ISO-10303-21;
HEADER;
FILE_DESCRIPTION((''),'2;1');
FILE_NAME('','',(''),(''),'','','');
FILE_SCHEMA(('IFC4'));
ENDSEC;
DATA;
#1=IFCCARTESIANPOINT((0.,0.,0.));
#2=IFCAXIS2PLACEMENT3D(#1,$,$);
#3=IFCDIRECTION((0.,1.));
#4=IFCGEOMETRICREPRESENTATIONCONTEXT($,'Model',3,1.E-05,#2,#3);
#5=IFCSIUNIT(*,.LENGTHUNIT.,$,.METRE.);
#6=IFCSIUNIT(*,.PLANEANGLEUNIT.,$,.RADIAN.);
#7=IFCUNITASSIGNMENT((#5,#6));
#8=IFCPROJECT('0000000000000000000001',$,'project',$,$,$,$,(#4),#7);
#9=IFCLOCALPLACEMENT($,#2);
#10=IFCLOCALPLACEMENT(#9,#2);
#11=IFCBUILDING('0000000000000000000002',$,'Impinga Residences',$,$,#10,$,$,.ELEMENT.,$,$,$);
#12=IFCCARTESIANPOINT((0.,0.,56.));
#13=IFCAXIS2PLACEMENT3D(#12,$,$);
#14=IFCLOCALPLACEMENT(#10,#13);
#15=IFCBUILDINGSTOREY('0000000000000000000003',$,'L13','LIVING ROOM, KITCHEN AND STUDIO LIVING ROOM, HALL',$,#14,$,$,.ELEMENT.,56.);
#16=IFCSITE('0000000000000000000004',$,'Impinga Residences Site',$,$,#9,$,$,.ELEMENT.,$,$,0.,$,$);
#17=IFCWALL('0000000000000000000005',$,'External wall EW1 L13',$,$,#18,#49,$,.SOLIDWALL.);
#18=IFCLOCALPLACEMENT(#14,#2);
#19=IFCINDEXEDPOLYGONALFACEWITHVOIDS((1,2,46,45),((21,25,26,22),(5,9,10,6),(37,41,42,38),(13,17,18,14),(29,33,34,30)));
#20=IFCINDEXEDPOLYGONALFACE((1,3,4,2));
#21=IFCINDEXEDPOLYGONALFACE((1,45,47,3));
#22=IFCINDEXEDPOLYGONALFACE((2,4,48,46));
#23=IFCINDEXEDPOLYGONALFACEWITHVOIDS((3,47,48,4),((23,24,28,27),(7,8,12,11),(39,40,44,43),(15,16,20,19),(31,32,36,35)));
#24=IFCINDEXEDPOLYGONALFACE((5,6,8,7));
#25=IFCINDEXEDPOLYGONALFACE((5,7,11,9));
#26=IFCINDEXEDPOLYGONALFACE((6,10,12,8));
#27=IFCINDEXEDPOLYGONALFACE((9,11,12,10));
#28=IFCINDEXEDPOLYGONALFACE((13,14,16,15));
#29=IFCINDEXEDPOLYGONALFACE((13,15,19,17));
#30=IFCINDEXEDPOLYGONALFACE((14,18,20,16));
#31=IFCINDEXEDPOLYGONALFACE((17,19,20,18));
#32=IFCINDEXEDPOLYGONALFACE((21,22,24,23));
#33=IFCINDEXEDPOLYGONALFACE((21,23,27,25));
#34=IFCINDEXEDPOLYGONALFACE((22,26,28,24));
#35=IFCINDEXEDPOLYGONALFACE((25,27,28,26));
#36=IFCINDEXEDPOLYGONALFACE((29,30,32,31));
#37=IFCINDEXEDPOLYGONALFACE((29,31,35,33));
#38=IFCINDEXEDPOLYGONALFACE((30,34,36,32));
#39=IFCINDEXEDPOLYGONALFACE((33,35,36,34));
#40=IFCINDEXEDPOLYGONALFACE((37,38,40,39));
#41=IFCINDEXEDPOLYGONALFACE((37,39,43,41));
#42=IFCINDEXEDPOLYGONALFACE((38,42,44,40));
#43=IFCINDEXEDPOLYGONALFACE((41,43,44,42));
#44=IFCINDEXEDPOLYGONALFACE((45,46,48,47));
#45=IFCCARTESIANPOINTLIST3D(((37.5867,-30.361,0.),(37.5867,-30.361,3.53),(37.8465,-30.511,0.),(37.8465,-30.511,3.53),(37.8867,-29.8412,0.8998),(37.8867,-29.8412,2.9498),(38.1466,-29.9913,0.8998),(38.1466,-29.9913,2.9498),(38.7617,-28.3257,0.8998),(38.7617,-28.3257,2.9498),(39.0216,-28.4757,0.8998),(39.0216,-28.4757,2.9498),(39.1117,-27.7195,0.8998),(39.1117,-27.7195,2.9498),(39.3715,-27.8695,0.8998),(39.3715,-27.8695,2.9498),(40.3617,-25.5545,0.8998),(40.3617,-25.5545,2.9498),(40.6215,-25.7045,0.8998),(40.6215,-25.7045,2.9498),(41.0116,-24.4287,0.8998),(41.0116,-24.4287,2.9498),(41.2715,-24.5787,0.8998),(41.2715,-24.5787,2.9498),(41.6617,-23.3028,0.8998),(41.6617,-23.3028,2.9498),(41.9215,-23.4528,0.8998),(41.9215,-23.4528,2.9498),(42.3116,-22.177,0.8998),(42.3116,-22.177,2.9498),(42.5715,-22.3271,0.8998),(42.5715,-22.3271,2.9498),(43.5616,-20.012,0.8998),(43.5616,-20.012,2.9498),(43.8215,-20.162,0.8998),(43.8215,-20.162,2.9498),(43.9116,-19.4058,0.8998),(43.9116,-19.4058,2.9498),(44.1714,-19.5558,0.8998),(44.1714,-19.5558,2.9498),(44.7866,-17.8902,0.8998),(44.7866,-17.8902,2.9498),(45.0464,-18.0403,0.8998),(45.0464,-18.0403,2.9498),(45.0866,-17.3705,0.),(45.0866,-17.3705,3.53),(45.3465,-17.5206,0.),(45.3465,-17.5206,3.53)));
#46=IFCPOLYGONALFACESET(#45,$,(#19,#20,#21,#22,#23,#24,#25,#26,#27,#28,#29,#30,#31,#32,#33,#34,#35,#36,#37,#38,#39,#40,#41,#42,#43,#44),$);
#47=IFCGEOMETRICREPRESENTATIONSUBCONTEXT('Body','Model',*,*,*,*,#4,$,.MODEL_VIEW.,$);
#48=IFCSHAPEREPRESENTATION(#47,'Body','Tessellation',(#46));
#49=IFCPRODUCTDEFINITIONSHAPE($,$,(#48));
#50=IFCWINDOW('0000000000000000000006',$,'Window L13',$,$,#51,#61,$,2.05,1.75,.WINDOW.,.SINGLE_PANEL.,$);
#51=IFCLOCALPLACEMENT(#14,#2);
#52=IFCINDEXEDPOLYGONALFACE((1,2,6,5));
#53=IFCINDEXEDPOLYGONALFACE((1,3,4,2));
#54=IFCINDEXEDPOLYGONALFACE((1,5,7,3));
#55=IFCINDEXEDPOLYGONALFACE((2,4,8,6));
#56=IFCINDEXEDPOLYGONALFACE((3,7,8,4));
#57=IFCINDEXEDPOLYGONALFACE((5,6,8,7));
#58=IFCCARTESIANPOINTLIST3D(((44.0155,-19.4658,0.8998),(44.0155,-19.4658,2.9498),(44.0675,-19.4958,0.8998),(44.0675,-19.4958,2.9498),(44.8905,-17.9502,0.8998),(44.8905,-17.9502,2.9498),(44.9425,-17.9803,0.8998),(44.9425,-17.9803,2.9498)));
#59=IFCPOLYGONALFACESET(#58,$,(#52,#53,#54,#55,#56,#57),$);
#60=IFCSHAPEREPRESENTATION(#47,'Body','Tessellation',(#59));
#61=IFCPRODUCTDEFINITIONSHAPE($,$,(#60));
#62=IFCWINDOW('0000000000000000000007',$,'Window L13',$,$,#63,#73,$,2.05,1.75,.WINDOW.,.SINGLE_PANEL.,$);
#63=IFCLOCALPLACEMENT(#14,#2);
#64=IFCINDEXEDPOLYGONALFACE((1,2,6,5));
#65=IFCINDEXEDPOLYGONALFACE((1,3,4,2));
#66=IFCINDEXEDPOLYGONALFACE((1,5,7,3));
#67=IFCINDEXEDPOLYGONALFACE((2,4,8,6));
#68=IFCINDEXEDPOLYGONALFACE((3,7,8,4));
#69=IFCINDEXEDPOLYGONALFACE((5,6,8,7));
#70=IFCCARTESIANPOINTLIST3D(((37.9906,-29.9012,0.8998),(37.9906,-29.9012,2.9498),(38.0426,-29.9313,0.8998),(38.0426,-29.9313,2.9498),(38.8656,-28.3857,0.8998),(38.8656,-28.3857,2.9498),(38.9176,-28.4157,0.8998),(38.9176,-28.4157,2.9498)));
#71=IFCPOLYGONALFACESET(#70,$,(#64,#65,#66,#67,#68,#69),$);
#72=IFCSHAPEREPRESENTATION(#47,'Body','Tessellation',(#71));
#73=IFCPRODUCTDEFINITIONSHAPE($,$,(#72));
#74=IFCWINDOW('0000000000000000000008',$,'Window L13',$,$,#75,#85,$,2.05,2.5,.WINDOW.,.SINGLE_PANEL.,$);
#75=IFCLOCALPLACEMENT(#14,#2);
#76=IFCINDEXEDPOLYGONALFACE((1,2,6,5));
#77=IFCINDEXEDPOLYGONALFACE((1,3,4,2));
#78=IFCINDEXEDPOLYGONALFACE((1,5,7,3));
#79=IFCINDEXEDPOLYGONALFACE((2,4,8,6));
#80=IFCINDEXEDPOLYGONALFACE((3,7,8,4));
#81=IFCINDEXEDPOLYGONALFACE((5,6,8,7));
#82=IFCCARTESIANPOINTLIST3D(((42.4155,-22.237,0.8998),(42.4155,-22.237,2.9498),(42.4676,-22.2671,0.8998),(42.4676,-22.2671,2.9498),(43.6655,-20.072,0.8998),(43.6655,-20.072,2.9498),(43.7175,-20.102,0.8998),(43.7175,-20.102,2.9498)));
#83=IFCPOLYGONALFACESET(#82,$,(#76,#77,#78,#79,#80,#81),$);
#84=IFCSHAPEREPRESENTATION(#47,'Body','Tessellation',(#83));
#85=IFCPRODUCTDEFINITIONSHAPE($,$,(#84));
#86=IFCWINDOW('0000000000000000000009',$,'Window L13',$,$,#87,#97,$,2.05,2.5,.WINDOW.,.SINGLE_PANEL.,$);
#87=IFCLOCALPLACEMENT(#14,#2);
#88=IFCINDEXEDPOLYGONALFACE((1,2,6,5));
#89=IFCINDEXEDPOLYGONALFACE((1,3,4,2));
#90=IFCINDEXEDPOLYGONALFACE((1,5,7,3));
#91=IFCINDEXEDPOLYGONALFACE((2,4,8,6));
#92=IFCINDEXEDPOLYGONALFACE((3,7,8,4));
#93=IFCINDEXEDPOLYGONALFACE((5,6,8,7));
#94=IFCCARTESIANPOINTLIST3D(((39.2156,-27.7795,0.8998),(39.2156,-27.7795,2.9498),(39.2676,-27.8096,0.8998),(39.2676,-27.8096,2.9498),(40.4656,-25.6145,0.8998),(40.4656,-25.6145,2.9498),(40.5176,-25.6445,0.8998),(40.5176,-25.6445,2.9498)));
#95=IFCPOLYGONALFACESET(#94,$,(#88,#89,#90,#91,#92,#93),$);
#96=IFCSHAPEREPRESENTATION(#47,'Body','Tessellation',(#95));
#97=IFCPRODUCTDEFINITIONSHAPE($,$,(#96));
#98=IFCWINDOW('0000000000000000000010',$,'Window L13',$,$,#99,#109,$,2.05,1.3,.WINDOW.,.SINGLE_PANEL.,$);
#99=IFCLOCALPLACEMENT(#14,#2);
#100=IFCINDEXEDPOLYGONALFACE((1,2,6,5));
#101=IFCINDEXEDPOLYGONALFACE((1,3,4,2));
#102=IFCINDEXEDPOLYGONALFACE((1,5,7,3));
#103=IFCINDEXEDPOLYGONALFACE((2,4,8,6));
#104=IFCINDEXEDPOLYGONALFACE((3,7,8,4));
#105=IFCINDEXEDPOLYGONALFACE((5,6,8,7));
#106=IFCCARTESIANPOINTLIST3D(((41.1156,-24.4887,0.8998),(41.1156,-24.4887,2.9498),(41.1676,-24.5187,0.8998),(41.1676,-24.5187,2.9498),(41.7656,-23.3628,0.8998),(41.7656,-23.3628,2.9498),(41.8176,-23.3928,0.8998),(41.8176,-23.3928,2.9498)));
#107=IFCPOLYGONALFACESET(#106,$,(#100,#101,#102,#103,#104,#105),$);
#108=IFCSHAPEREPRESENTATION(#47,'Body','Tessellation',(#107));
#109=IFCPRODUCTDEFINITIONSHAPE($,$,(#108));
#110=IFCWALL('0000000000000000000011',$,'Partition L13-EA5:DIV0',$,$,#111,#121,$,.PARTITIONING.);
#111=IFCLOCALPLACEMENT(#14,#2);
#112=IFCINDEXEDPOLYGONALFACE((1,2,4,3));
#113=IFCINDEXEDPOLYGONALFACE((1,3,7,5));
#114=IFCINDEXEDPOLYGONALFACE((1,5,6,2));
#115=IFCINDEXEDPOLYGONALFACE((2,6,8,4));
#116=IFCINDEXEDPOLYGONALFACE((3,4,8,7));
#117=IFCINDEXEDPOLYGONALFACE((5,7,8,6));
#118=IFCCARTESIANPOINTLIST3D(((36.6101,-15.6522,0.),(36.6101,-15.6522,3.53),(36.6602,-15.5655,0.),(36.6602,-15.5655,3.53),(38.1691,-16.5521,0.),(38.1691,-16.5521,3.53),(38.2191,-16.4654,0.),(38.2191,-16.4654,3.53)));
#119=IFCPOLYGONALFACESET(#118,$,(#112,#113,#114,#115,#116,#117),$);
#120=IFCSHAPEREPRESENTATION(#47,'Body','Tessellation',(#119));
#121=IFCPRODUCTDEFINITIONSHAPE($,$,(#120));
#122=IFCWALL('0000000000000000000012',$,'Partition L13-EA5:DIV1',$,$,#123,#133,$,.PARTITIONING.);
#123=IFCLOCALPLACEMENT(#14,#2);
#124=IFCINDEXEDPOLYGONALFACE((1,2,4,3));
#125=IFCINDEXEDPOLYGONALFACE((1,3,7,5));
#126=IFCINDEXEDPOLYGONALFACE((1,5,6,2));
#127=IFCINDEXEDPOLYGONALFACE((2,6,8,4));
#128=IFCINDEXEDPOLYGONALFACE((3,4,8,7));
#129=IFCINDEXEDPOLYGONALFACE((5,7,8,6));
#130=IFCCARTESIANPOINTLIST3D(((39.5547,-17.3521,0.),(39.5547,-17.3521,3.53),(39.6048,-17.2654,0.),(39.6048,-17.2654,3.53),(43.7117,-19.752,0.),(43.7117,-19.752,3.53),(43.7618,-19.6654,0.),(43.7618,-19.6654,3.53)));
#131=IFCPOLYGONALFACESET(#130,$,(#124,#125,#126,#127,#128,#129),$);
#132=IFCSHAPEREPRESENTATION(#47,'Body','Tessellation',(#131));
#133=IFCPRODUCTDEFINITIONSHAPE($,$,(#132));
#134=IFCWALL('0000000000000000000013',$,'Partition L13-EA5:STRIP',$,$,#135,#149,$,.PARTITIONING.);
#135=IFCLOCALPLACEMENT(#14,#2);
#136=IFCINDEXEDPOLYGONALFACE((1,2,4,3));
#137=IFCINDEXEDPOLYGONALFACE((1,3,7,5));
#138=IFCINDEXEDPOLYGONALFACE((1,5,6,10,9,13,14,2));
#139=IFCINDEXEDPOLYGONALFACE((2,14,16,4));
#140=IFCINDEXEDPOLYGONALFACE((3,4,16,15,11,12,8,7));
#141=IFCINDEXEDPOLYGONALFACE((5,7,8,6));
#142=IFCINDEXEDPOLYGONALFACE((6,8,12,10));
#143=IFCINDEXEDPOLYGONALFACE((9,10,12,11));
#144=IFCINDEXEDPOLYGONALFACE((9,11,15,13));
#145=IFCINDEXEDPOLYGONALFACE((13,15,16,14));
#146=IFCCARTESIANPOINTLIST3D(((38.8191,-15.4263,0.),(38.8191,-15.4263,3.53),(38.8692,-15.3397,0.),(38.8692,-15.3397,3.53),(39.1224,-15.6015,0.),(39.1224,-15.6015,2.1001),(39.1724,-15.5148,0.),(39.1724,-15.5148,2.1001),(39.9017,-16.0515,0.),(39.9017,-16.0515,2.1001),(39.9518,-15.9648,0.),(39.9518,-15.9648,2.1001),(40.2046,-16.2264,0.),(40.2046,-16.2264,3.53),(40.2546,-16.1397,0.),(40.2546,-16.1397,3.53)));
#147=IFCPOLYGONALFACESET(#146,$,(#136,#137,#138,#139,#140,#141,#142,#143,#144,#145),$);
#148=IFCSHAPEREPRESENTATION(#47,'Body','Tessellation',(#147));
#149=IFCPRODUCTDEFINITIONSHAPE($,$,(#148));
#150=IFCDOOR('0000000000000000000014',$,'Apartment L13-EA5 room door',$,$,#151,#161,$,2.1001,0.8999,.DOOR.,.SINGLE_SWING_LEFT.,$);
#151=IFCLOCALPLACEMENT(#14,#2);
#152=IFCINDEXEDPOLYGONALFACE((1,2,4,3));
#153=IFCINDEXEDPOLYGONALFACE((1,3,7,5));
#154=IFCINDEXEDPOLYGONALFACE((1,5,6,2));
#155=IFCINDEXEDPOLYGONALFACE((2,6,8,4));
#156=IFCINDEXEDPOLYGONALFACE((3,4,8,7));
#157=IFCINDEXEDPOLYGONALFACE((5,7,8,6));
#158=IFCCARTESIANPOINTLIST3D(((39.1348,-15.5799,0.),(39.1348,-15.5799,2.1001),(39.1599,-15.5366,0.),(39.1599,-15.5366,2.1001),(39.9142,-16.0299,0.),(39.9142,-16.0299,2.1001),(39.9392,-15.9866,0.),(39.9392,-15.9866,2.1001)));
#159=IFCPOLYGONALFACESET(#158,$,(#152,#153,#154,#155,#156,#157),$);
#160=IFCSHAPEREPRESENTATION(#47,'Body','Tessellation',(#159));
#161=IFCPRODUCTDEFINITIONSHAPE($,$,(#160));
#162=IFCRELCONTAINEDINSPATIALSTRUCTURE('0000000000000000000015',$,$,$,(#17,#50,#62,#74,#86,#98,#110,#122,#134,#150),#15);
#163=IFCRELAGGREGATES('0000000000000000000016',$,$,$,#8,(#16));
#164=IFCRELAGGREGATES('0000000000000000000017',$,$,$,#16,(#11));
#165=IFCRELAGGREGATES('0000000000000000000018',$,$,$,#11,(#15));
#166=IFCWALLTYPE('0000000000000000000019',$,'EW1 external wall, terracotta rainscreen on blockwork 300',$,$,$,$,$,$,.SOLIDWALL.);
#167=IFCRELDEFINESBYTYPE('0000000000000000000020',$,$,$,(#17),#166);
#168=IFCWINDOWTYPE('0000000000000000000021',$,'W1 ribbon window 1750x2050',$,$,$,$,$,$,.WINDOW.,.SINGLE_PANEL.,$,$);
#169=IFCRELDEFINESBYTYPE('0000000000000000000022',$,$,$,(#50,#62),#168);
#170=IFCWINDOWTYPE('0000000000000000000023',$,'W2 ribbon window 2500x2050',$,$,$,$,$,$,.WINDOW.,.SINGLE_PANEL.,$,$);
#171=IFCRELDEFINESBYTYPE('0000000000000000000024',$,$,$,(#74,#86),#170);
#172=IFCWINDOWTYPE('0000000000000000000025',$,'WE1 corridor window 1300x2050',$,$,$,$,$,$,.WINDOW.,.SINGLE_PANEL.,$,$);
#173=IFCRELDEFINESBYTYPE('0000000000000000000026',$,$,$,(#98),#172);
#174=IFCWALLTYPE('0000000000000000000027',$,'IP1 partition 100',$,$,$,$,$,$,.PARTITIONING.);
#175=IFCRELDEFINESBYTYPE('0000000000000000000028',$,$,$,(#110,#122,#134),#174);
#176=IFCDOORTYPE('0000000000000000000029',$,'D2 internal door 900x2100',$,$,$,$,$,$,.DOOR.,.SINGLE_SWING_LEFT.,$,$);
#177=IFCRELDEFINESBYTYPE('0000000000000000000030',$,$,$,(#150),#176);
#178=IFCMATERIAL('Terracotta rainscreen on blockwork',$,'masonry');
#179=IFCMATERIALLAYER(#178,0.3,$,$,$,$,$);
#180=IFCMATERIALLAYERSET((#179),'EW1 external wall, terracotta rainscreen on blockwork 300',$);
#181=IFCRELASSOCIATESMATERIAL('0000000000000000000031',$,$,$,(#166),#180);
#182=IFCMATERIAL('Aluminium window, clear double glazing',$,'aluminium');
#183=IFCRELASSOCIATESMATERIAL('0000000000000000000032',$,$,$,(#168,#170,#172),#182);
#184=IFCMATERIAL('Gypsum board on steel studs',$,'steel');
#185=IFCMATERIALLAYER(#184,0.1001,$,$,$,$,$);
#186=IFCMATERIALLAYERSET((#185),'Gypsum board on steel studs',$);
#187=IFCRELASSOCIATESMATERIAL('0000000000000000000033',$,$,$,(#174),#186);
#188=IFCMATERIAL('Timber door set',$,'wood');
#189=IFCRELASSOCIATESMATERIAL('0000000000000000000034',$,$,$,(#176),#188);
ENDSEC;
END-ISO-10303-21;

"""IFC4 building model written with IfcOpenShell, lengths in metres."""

from ifc_helpers import new_model, si_unit, direction, frame, frame_2d, origin, place, context, subcontext, project, spatial, rectangle, extrude, material, layer, layer_set, type_object, element, fill, save


model = new_model("IFC4")

# Units and contexts
model_context = context("Model", 3, precision=1e-05, world=origin(), true_north=direction((0.0, 1.0)))
body_context = subcontext(model_context, "Body", "Model", "MODEL_VIEW")
ifc_project = project(units=[si_unit("LENGTHUNIT", "METRE"), si_unit("PLANEANGLEUNIT", "RADIAN")], contexts=[model_context])

# Site, building, storey
site_placement = place(None, origin())
site = spatial("IfcSite", under=ifc_project, at=site_placement, Name="Impinga Residences Site", CompositionType="ELEMENT", RefElevation=0.0)
building_placement = place(site_placement, origin())
building = spatial("IfcBuilding", under=site, at=building_placement, Name="Impinga Residences", CompositionType="ELEMENT")
storey_placement = place(building_placement, frame((0.0, 0.0, 56.0)))
storey = spatial("IfcBuildingStorey", under=building, at=storey_placement, Name="L13", Description="LIVING ROOM, KITCHEN AND STUDIO LIVING ROOM, HALL", CompositionType="ELEMENT", Elevation=56.0)

# Shared definitions
ifc_material_1 = material(Name="Terracotta rainscreen on blockwork", Category="masonry")
ifc_layer_1 = layer(ifc_material_1, 0.3)
ifc_layer_set_1 = layer_set([ifc_layer_1], Name="EW1 external wall, terracotta rainscreen on blockwork 300")
wall_type_1 = type_object("IfcWallType", Name="EW1 external wall, terracotta rainscreen on blockwork 300", PredefinedType="SOLIDWALL", material=ifc_layer_set_1)

# Wall, openings, windows
wall_1_placement = place(storey_placement, frame((45.2166, -17.4456, 0.0), z_axis=(0.0, 0.0, 1.0), x_axis=(-0.499997, -0.866027, 0.0)))
wall_1 = element("IfcWall", 1, at=wall_1_placement, inside=storey, type_object=wall_type_1, Name="External wall EW1 L13", PredefinedType="SOLIDWALL", context=body_context, shape_type="SweptSolid", body=[
    extrude(rectangle(XDim=15.0, YDim=0.3, at=frame_2d((7.5, 0.0))), origin(), (0.0, 0.0, 1.0), 3.53),
])
opening_1_placement = place(wall_1_placement, frame((0.6001, 0.0, 0.8999)))
opening_1 = element("IfcOpeningElement", 2, at=opening_1_placement, cuts=wall_1, PredefinedType="OPENING", context=body_context, shape_type="SweptSolid", body=[
    extrude(rectangle(XDim=1.75, YDim=2.05, at=frame_2d((0.875, 1.0249))), frame((0.0, 0.1599, 0.0), z_axis=(0.0, -1.0, 0.0), x_axis=(1.0, 0.0, 0.0)), (0.0, 0.0, 1.0), 0.3201),
])
opening_2_placement = place(wall_1_placement, frame((3.05, 0.0, 0.8999)))
opening_2 = element("IfcOpeningElement", 3, at=opening_2_placement, cuts=wall_1, PredefinedType="OPENING", context=body_context, shape_type="SweptSolid", body=[
    extrude(rectangle(XDim=2.5, YDim=2.05, at=frame_2d((1.25, 1.0249))), frame((0.0, 0.1599, 0.0), z_axis=(0.0, -1.0, 0.0), x_axis=(1.0, 0.0, 0.0)), (0.0, 0.0, 1.0), 0.3201),
])
opening_3_placement = place(wall_1_placement, frame((6.8501, 0.0, 0.8999)))
opening_3 = element("IfcOpeningElement", 4, at=opening_3_placement, cuts=wall_1, PredefinedType="OPENING", context=body_context, shape_type="SweptSolid", body=[
    extrude(rectangle(XDim=1.3, YDim=2.05, at=frame_2d((0.6499, 1.0249))), frame((0.0, 0.1599, 0.0), z_axis=(0.0, -1.0, 0.0), x_axis=(1.0, 0.0, 0.0)), (0.0, 0.0, 1.0), 0.3201),
])
opening_4_placement = place(wall_1_placement, frame((9.45, 0.0, 0.8999)))
opening_4 = element("IfcOpeningElement", 5, at=opening_4_placement, cuts=wall_1, PredefinedType="OPENING", context=body_context, shape_type="SweptSolid", body=[
    extrude(rectangle(XDim=2.5, YDim=2.05, at=frame_2d((1.25, 1.0249))), frame((0.0, 0.1599, 0.0), z_axis=(0.0, -1.0, 0.0), x_axis=(1.0, 0.0, 0.0)), (0.0, 0.0, 1.0), 0.3201),
])
opening_5_placement = place(wall_1_placement, frame((12.6499, 0.0, 0.8999)))
opening_5 = element("IfcOpeningElement", 6, at=opening_5_placement, cuts=wall_1, PredefinedType="OPENING", context=body_context, shape_type="SweptSolid", body=[
    extrude(rectangle(XDim=1.75, YDim=2.05, at=frame_2d((0.875, 1.0249))), frame((0.0, 0.1599, 0.0), z_axis=(0.0, -1.0, 0.0), x_axis=(1.0, 0.0, 0.0)), (0.0, 0.0, 1.0), 0.3201),
])
ifc_material_2 = material(Name="Aluminium window, clear double glazing", Category="aluminium")
window_type_1 = type_object("IfcWindowType", Name="W1 ribbon window 1750x2050", PartitioningType="SINGLE_PANEL", PredefinedType="WINDOW", material=ifc_material_2)
window_1_placement = place(opening_1_placement, origin())
window_1 = element("IfcWindow", 7, at=window_1_placement, inside=storey, type_object=window_type_1, Name="Window L13", OverallHeight=2.05, OverallWidth=1.75, PartitioningType="SINGLE_PANEL", PredefinedType="WINDOW", context=body_context, shape_type="SweptSolid", body=[
    extrude(rectangle(XDim=1.75, YDim=2.05, at=frame_2d((0.875, 1.0249))), frame((0.0, 0.03, 0.0), z_axis=(0.0, -1.0, 0.0), x_axis=(1.0, 0.0, 0.0)), (0.0, 0.0, 1.0), 0.0601),
])
fill(opening_1, window_1)
window_2_placement = place(opening_5_placement, origin())
window_2 = element("IfcWindow", 8, at=window_2_placement, inside=storey, type_object=window_type_1, Name="Window L13", OverallHeight=2.05, OverallWidth=1.75, PartitioningType="SINGLE_PANEL", PredefinedType="WINDOW", context=body_context, shape_type="SweptSolid", body=[
    extrude(rectangle(XDim=1.75, YDim=2.05, at=frame_2d((0.875, 1.0249))), frame((0.0, 0.03, 0.0), z_axis=(0.0, -1.0, 0.0), x_axis=(1.0, 0.0, 0.0)), (0.0, 0.0, 1.0), 0.0601),
])
fill(opening_5, window_2)
window_type_2 = type_object("IfcWindowType", Name="W2 ribbon window 2500x2050", PartitioningType="SINGLE_PANEL", PredefinedType="WINDOW", material=ifc_material_2)
window_3_placement = place(opening_2_placement, origin())
window_3 = element("IfcWindow", 9, at=window_3_placement, inside=storey, type_object=window_type_2, Name="Window L13", OverallHeight=2.05, OverallWidth=2.5, PartitioningType="SINGLE_PANEL", PredefinedType="WINDOW", context=body_context, shape_type="SweptSolid", body=[
    extrude(rectangle(XDim=2.5, YDim=2.05, at=frame_2d((1.25, 1.0249))), frame((0.0, 0.03, 0.0), z_axis=(0.0, -1.0, 0.0), x_axis=(1.0, 0.0, 0.0)), (0.0, 0.0, 1.0), 0.0601),
])
fill(opening_2, window_3)
window_4_placement = place(opening_4_placement, origin())
window_4 = element("IfcWindow", 10, at=window_4_placement, inside=storey, type_object=window_type_2, Name="Window L13", OverallHeight=2.05, OverallWidth=2.5, PartitioningType="SINGLE_PANEL", PredefinedType="WINDOW", context=body_context, shape_type="SweptSolid", body=[
    extrude(rectangle(XDim=2.5, YDim=2.05, at=frame_2d((1.25, 1.0249))), frame((0.0, 0.03, 0.0), z_axis=(0.0, -1.0, 0.0), x_axis=(1.0, 0.0, 0.0)), (0.0, 0.0, 1.0), 0.0601),
])
fill(opening_4, window_4)
window_type_3 = type_object("IfcWindowType", Name="WE1 corridor window 1300x2050", PartitioningType="SINGLE_PANEL", PredefinedType="WINDOW", material=ifc_material_2)
window_5_placement = place(opening_3_placement, origin())
window_5 = element("IfcWindow", 11, at=window_5_placement, inside=storey, type_object=window_type_3, Name="Window L13", OverallHeight=2.05, OverallWidth=1.3, PartitioningType="SINGLE_PANEL", PredefinedType="WINDOW", context=body_context, shape_type="SweptSolid", body=[
    extrude(rectangle(XDim=1.3, YDim=2.05, at=frame_2d((0.6499, 1.0249))), frame((0.0, 0.03, 0.0), z_axis=(0.0, -1.0, 0.0), x_axis=(1.0, 0.0, 0.0)), (0.0, 0.0, 1.0), 0.0601),
])
fill(opening_3, window_5)

# Walls
ifc_material_3 = material(Name="Gypsum board on steel studs", Category="steel")
ifc_layer_2 = layer(ifc_material_3, 0.1001)
ifc_layer_set_2 = layer_set([ifc_layer_2], Name="Gypsum board on steel studs")
wall_type_2 = type_object("IfcWallType", Name="IP1 partition 100", PredefinedType="PARTITIONING", material=ifc_layer_set_2)
wall_2_placement = place(storey_placement, frame((36.6353, -15.6089, 0.0), z_axis=(0.0, 0.0, 1.0), x_axis=(0.866048, -0.499961, 0.0)))
element("IfcWall", 12, at=wall_2_placement, inside=storey, type_object=wall_type_2, Name="Partition L13-EA5:DIV0", PredefinedType="PARTITIONING", context=body_context, shape_type="SweptSolid", body=[
    extrude(rectangle(XDim=1.8, YDim=0.1001, at=frame_2d((0.8999, 0.0))), origin(), (0.0, 0.0, 1.0), 3.53),
])
wall_3_placement = place(storey_placement, frame((39.5798, -17.3088, 0.0), z_axis=(0.0, 0.0, 1.0), x_axis=(0.866037, -0.499979, 0.0)))
element("IfcWall", 13, at=wall_3_placement, inside=storey, type_object=wall_type_2, Name="Partition L13-EA5:DIV1", PredefinedType="PARTITIONING", context=body_context, shape_type="SweptSolid", body=[
    extrude(rectangle(XDim=4.8, YDim=0.1001, at=frame_2d((2.3999, 0.0))), origin(), (0.0, 0.0, 1.0), 3.53),
])

# Wall, opening, door
wall_4_placement = place(storey_placement, frame((38.8442, -15.3831, 0.0), z_axis=(0.0, 0.0, 1.0), x_axis=(0.86599, -0.500061, 0.0)))
wall_4 = element("IfcWall", 14, at=wall_4_placement, inside=storey, type_object=wall_type_2, Name="Partition L13-EA5:STRIP", PredefinedType="PARTITIONING", context=body_context, shape_type="SweptSolid", body=[
    extrude(rectangle(XDim=1.5999, YDim=0.1001, at=frame_2d((0.7998, 0.0))), origin(), (0.0, 0.0, 1.0), 3.53),
])
opening_6_placement = place(wall_4_placement, frame((0.3501, 0.0, 0.0)))
opening_6 = element("IfcOpeningElement", 15, at=opening_6_placement, cuts=wall_4, PredefinedType="OPENING", context=body_context, shape_type="SweptSolid", body=[
    extrude(rectangle(XDim=0.8999, YDim=2.1001, at=frame_2d((0.45, 1.05))), frame((0.0, 0.0601, 0.0), z_axis=(0.0, -1.0, 0.0), x_axis=(1.0, 0.0, 0.0)), (0.0, 0.0, 1.0), 0.1201),
])
ifc_material_4 = material(Name="Timber door set", Category="wood")
door_type = type_object("IfcDoorType", Name="D2 internal door 900x2100", OperationType="SINGLE_SWING_LEFT", PredefinedType="DOOR", material=ifc_material_4)
door_placement = place(opening_6_placement, origin())
door = element("IfcDoor", 16, at=door_placement, inside=storey, type_object=door_type, Name="Apartment L13-EA5 room door", OperationType="SINGLE_SWING_LEFT", OverallHeight=2.1001, OverallWidth=0.8999, PredefinedType="DOOR", context=body_context, shape_type="SweptSolid", body=[
    extrude(rectangle(XDim=0.8999, YDim=2.1001, at=frame_2d((0.45, 1.05))), frame((0.0, 0.0249, 0.0), z_axis=(0.0, -1.0, 0.0), x_axis=(1.0, 0.0, 0.0)), (0.0, 0.0, 1.0), 0.05),
])
fill(opening_6, door)

save(model, "model.ifc")
